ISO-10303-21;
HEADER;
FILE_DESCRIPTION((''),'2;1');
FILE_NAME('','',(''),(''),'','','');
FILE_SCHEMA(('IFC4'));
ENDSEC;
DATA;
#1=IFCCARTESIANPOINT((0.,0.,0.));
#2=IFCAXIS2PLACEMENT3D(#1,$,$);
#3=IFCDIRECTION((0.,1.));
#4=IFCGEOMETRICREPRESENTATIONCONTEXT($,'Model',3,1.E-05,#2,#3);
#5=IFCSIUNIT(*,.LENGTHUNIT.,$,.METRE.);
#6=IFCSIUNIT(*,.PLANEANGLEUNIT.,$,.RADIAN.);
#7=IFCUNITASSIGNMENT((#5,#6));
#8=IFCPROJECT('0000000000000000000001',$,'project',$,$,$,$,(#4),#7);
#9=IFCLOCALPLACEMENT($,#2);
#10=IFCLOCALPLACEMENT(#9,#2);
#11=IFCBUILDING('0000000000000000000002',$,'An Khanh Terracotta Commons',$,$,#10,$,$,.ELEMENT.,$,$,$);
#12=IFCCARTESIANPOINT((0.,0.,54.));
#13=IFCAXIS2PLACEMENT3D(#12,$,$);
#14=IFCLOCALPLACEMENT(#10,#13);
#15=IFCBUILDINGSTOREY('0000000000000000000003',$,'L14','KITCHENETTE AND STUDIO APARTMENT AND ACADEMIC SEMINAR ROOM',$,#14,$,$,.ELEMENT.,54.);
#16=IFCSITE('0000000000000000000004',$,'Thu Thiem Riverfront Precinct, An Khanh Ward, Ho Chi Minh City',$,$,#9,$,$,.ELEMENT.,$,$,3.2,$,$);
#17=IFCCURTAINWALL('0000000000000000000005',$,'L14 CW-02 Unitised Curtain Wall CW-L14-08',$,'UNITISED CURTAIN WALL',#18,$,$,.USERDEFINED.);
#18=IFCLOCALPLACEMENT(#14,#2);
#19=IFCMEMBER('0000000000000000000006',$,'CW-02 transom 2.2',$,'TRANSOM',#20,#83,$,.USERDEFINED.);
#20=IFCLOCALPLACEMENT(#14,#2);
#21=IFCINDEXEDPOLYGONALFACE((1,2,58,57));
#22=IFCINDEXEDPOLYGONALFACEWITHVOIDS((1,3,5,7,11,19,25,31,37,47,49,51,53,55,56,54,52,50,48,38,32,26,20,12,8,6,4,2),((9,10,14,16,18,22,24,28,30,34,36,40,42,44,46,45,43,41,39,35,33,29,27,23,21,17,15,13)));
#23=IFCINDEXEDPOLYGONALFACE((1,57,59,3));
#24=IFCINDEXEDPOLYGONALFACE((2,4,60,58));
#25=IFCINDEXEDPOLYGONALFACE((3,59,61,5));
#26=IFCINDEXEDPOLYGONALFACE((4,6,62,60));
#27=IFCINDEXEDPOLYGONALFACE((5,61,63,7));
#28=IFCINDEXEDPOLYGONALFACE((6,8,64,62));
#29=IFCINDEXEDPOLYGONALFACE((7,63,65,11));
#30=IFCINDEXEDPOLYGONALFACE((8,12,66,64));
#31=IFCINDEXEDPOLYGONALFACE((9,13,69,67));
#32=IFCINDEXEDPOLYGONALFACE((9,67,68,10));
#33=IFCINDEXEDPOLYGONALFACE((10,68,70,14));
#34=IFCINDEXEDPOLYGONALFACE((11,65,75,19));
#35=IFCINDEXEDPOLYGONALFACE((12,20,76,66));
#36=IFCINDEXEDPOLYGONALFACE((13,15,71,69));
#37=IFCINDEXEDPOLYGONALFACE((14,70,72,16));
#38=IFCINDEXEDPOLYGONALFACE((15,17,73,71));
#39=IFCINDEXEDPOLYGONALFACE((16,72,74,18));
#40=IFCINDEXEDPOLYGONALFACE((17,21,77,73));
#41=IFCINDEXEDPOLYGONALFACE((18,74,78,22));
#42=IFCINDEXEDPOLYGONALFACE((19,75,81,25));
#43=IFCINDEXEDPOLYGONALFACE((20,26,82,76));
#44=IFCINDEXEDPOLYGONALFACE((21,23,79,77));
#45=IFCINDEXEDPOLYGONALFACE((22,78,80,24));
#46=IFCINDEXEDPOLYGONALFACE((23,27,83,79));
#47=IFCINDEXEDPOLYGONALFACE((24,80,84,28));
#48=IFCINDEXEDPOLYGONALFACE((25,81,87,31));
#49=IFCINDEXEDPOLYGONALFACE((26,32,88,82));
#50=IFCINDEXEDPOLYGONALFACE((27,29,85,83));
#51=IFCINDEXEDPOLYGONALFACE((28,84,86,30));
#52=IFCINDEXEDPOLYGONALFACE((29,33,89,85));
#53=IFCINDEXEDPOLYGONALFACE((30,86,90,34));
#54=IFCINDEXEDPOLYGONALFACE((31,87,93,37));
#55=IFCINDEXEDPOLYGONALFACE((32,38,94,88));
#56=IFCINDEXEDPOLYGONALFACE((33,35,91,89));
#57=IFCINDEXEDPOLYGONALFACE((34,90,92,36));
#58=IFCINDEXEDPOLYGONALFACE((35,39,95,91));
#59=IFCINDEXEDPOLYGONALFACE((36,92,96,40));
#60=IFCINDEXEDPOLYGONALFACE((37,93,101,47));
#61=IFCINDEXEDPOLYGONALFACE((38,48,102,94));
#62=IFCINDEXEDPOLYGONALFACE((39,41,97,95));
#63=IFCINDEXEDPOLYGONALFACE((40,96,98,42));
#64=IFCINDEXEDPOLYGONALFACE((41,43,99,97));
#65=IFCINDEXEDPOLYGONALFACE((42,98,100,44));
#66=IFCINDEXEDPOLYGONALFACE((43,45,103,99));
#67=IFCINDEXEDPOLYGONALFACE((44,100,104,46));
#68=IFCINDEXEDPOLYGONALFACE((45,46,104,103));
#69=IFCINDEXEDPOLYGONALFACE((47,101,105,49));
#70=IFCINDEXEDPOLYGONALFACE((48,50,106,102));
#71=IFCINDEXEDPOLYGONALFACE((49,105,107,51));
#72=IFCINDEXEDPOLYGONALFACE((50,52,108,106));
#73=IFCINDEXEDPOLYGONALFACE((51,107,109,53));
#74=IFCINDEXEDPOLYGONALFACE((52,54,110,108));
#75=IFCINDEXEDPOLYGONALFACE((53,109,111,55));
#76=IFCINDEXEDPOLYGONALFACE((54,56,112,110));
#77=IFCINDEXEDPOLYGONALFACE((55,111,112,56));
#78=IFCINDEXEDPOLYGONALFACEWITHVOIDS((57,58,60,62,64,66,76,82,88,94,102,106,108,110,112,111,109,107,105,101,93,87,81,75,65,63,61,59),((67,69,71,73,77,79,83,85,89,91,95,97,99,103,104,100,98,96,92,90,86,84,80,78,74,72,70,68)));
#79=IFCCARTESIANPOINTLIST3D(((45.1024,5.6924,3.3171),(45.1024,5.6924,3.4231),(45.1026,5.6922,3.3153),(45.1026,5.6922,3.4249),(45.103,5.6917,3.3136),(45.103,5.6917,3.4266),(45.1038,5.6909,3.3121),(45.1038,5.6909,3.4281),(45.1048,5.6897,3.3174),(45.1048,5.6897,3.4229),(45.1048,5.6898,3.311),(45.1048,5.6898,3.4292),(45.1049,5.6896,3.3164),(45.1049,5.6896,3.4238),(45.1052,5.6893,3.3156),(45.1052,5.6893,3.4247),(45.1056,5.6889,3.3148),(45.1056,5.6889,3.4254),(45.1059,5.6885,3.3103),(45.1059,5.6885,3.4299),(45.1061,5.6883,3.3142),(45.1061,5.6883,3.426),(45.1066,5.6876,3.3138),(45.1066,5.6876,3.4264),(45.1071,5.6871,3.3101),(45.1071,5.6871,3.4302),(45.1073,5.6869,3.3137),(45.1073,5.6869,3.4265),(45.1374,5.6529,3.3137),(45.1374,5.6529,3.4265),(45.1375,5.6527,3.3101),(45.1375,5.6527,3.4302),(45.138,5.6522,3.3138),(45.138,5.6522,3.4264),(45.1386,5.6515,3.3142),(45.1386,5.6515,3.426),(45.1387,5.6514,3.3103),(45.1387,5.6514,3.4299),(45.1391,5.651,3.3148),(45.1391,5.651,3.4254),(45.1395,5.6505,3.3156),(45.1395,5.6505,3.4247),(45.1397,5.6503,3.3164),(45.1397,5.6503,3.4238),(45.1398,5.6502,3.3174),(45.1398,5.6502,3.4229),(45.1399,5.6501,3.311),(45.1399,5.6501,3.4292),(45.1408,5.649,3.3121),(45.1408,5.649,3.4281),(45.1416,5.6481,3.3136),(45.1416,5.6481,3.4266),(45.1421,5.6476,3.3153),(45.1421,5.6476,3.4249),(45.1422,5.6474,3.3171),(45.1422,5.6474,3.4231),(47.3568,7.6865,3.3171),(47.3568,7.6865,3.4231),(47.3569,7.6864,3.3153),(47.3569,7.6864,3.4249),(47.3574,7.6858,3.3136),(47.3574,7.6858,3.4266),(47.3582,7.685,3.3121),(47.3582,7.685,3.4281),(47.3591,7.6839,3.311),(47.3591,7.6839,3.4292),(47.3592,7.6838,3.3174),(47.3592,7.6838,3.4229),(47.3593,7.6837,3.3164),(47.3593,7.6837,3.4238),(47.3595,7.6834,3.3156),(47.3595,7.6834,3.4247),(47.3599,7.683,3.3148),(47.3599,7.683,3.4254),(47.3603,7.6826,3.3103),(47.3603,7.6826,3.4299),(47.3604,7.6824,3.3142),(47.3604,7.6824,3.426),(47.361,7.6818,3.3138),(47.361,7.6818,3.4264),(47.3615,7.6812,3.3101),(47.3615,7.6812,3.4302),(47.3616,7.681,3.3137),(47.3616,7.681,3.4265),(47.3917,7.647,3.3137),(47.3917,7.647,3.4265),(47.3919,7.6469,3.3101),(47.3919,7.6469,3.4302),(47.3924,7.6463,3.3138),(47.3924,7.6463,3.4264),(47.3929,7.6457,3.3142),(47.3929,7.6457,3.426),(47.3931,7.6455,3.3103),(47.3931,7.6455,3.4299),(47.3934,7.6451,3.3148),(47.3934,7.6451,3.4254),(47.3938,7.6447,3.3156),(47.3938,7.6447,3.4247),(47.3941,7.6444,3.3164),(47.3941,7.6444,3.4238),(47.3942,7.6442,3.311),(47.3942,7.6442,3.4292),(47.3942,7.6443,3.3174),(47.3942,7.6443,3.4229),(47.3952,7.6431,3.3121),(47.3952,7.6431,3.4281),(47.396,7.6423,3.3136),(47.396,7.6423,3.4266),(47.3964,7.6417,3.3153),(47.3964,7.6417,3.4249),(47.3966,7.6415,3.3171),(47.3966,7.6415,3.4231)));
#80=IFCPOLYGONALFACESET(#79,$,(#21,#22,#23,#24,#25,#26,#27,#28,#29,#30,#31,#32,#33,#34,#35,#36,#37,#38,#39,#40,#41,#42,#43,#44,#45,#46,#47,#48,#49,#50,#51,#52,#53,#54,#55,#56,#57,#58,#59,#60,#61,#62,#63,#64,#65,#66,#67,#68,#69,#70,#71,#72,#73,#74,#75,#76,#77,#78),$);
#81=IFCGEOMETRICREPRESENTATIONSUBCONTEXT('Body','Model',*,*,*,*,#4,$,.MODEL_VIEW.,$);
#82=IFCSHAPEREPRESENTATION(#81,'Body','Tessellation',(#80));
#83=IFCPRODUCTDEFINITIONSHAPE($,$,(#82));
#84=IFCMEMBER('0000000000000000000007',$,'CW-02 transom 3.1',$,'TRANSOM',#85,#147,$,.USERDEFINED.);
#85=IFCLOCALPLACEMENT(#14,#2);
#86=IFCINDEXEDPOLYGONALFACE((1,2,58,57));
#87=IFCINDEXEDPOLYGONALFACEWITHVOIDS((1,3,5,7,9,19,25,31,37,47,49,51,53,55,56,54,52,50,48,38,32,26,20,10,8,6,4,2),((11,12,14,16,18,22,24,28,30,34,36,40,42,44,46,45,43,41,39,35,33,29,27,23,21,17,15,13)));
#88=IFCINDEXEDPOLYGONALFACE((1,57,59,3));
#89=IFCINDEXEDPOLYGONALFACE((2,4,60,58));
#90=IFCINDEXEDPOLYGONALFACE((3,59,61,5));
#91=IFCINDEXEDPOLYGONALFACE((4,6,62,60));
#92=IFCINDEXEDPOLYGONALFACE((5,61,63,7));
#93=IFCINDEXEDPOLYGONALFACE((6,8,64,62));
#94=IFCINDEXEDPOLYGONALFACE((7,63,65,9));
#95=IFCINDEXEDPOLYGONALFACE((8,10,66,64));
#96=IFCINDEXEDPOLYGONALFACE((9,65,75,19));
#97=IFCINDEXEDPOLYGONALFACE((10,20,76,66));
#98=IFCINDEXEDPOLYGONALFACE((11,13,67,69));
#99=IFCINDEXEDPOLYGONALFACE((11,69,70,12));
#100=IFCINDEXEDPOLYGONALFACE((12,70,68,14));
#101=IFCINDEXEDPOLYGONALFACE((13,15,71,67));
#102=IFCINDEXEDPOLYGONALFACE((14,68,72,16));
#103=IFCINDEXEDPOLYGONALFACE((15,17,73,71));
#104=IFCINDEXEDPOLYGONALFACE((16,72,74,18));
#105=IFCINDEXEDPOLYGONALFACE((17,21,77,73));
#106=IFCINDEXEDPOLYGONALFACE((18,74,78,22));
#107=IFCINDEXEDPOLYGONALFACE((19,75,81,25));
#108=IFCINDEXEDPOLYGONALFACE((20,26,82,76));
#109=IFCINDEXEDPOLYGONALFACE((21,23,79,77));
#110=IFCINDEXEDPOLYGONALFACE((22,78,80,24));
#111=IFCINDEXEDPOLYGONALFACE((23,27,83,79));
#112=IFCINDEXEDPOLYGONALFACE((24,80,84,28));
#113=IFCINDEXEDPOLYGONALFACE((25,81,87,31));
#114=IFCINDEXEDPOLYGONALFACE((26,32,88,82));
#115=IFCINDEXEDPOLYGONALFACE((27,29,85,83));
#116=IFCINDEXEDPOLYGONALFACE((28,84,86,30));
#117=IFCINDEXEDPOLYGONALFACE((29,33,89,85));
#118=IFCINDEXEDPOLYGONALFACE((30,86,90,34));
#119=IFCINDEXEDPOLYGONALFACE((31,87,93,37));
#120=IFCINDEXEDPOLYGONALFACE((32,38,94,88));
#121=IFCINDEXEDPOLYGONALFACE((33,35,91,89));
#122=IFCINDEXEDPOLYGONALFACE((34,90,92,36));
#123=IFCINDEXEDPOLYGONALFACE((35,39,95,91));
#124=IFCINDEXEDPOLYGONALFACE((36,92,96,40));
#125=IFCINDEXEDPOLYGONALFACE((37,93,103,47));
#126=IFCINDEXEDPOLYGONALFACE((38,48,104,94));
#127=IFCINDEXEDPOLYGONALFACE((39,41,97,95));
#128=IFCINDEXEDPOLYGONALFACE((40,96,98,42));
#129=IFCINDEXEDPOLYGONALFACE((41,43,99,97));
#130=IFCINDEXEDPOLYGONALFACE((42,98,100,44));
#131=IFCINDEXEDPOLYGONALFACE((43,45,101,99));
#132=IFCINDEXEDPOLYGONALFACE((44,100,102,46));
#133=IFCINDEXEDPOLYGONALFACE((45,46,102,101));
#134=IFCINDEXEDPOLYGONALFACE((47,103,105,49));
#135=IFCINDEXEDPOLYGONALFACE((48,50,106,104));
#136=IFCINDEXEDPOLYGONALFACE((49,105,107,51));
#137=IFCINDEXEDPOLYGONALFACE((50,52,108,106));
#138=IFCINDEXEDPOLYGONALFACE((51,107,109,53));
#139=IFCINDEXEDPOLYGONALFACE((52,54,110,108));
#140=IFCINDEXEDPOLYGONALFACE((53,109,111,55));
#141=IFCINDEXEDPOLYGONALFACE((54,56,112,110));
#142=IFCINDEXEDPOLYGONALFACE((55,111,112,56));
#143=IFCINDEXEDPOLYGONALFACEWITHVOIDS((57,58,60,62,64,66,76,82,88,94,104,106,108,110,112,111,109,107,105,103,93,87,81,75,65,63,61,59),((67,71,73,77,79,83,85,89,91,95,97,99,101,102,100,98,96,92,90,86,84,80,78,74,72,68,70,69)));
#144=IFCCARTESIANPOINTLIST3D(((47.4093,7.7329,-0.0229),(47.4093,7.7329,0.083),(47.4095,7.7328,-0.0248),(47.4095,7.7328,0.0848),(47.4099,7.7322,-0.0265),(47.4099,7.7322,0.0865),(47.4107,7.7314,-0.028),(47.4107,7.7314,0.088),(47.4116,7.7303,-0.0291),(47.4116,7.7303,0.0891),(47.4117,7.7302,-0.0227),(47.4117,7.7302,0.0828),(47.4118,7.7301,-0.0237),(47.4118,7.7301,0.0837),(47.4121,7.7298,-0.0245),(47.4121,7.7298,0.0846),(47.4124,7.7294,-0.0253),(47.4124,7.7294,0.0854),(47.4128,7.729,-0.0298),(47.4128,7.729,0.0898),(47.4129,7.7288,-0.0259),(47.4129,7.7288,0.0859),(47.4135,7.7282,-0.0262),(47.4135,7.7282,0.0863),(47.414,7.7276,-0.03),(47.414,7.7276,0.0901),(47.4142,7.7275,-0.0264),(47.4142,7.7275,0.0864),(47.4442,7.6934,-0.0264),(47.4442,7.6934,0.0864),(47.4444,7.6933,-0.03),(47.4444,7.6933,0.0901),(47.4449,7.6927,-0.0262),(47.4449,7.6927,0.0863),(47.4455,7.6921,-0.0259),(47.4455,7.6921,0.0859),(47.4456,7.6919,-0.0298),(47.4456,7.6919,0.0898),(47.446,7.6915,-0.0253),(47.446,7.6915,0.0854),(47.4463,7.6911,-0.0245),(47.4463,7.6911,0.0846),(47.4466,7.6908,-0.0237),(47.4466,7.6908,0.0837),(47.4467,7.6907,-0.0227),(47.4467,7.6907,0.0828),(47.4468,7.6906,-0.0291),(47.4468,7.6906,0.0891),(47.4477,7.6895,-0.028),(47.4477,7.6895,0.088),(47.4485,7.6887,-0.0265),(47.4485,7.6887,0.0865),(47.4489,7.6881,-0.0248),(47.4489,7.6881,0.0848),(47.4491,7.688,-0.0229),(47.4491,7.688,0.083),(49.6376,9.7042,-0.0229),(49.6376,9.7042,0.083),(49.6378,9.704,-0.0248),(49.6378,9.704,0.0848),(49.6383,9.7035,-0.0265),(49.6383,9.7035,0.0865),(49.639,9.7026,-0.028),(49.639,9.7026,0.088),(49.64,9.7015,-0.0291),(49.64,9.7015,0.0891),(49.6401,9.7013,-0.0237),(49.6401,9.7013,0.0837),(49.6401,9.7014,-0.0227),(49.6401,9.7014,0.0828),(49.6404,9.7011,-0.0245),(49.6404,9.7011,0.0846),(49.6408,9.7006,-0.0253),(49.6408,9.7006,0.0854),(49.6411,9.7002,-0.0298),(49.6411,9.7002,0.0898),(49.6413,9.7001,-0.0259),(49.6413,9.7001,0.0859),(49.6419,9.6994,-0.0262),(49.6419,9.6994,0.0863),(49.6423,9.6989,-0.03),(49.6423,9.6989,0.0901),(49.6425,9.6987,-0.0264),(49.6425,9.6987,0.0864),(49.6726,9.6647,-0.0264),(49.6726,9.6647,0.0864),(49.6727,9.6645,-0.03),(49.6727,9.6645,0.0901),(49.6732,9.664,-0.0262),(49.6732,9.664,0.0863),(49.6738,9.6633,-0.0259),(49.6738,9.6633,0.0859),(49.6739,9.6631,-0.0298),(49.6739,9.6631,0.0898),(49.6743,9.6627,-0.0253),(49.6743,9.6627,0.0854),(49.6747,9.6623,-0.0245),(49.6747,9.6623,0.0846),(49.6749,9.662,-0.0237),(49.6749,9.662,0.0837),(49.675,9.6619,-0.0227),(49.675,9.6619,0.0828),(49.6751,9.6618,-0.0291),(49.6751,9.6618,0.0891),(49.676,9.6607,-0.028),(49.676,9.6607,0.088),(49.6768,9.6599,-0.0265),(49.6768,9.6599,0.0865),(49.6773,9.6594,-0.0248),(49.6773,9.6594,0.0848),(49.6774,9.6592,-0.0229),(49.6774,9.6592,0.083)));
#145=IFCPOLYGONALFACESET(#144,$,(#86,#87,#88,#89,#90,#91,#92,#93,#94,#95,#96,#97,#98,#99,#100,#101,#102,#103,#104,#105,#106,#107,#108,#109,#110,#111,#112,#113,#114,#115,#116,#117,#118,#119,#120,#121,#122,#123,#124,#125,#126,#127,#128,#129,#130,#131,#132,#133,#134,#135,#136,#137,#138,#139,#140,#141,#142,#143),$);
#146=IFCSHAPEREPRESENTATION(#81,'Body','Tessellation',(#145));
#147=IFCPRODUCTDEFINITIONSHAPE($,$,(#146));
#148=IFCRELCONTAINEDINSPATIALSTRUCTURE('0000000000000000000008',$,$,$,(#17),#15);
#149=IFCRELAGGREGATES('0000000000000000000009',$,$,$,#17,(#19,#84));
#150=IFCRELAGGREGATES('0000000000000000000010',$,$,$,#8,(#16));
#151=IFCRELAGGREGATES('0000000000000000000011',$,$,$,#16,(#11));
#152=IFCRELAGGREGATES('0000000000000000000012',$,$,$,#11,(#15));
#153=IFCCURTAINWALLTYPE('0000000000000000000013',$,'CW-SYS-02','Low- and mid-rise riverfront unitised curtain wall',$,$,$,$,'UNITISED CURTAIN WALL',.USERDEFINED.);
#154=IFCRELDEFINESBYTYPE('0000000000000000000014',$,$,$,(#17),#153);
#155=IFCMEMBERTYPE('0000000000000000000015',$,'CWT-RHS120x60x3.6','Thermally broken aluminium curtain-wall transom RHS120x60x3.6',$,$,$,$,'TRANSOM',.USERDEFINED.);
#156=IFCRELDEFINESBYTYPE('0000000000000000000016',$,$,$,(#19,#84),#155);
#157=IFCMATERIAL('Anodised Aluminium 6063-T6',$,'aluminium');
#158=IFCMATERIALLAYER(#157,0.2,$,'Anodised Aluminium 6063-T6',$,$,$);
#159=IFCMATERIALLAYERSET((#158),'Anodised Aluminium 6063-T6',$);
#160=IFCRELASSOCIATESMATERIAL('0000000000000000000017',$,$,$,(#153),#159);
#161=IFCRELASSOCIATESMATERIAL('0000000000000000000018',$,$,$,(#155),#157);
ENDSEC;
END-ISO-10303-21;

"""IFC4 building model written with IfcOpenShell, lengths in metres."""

from ifc_helpers import new_model, si_unit, direction, frame, origin, origin_2d, place, context, subcontext, project, spatial, hollow_rectangle, extrude, material, layer, layer_set, material_profile, profile_set, type_object, element, aggregate, save


model = new_model("IFC4")

# Units and contexts
model_context = context("Model", 3, precision=1e-05, world=origin(), true_north=direction((0.0, 1.0)))
body_context = subcontext(model_context, "Body", "Model", "MODEL_VIEW")
ifc_project = project(units=[si_unit("LENGTHUNIT", "METRE"), si_unit("PLANEANGLEUNIT", "RADIAN")], contexts=[model_context])

# Site, building, storey
site_placement = place(None, origin())
site = spatial("IfcSite", under=ifc_project, at=site_placement, Name="Thu Thiem Riverfront Precinct, An Khanh Ward, Ho Chi Minh City", CompositionType="ELEMENT", RefElevation=3.2)
building_placement = place(site_placement, origin())
building = spatial("IfcBuilding", under=site, at=building_placement, Name="An Khanh Terracotta Commons", CompositionType="ELEMENT")
storey_placement = place(building_placement, frame((0.0, 0.0, 54.0)))
storey = spatial("IfcBuildingStorey", under=building, at=storey_placement, Name="L14", Description="KITCHENETTE AND STUDIO APARTMENT AND ACADEMIC SEMINAR ROOM", CompositionType="ELEMENT", Elevation=54.0)

# Curtain wall
ifc_material_1 = material(Name="Anodised Aluminium 6063-T6", Category="aluminium")
ifc_layer_1 = layer(ifc_material_1, 0.2, Name="Anodised Aluminium 6063-T6")
ifc_layer_set_1 = layer_set([ifc_layer_1], Name="Anodised Aluminium 6063-T6")
curtain_wall_type = type_object("IfcCurtainWallType", Name="CW-SYS-02", Description="Low- and mid-rise riverfront unitised curtain wall", ElementType="UNITISED CURTAIN WALL", PredefinedType="USERDEFINED", material=ifc_layer_set_1)
curtain_wall_1_placement = place(storey_placement, origin())
curtain_wall_1 = element("IfcCurtainWall", 1, at=curtain_wall_1_placement, inside=storey, type_object=curtain_wall_type, Name="L14 CW-02 Unitised Curtain Wall CW-L14-08", ObjectType="UNITISED CURTAIN WALL", PredefinedType="USERDEFINED")

# Members
ifc_material_profile_1 = material_profile(ifc_material_1, hollow_rectangle(XDim=0.0601, YDim=0.1201, WallThickness=0.0037, InnerFilletRadius=0.0037, OuterFilletRadius=0.0071, at=origin_2d()), Name="RHS120x60x3.6")
ifc_profile_set_1 = profile_set([ifc_material_profile_1], Name="Anodised Aluminium 6063-T6")
member_type_1 = type_object("IfcMemberType", Name="CWT-RHS120x60x3.6", Description="Thermally broken aluminium curtain-wall transom RHS120x60x3.6", ElementType="TRANSOM", PredefinedType="USERDEFINED", material=ifc_profile_set_1)
member_1_placement = place(storey_placement, frame((45.1223, 5.6699, 3.3701), z_axis=(0.749018, 0.662549, 0.0), x_axis=(-0.662549, 0.749018, 0.0)))
member_1 = element("IfcMember", 2, at=member_1_placement, type_object=member_type_1, Name="CW-02 transom 2.2", ObjectType="TRANSOM", PredefinedType="USERDEFINED", context=body_context, shape_type="SweptSolid", body=[
    extrude(hollow_rectangle(XDim=0.0601, YDim=0.1201, WallThickness=0.0037, InnerFilletRadius=0.0037, OuterFilletRadius=0.0071, at=origin_2d()), origin(), (0.0, 0.0, 1.0), 3.0098),
])
member_2_placement = place(storey_placement, frame((47.4292, 7.7104, 0.03), z_axis=(0.748992, 0.662579, 0.0), x_axis=(-0.662579, 0.748992, 0.0)))
member_2 = element("IfcMember", 3, at=member_2_placement, type_object=member_type_1, Name="CW-02 transom 3.1", ObjectType="TRANSOM", PredefinedType="USERDEFINED", context=body_context, shape_type="SweptSolid", body=[
    extrude(hollow_rectangle(XDim=0.0601, YDim=0.1201, WallThickness=0.0037, InnerFilletRadius=0.0037, OuterFilletRadius=0.0071, at=origin_2d()), origin(), (0.0, 0.0, 1.0), 2.9751),
])

aggregate(curtain_wall_1, [member_1, member_2])

save(model, "model.ifc")
